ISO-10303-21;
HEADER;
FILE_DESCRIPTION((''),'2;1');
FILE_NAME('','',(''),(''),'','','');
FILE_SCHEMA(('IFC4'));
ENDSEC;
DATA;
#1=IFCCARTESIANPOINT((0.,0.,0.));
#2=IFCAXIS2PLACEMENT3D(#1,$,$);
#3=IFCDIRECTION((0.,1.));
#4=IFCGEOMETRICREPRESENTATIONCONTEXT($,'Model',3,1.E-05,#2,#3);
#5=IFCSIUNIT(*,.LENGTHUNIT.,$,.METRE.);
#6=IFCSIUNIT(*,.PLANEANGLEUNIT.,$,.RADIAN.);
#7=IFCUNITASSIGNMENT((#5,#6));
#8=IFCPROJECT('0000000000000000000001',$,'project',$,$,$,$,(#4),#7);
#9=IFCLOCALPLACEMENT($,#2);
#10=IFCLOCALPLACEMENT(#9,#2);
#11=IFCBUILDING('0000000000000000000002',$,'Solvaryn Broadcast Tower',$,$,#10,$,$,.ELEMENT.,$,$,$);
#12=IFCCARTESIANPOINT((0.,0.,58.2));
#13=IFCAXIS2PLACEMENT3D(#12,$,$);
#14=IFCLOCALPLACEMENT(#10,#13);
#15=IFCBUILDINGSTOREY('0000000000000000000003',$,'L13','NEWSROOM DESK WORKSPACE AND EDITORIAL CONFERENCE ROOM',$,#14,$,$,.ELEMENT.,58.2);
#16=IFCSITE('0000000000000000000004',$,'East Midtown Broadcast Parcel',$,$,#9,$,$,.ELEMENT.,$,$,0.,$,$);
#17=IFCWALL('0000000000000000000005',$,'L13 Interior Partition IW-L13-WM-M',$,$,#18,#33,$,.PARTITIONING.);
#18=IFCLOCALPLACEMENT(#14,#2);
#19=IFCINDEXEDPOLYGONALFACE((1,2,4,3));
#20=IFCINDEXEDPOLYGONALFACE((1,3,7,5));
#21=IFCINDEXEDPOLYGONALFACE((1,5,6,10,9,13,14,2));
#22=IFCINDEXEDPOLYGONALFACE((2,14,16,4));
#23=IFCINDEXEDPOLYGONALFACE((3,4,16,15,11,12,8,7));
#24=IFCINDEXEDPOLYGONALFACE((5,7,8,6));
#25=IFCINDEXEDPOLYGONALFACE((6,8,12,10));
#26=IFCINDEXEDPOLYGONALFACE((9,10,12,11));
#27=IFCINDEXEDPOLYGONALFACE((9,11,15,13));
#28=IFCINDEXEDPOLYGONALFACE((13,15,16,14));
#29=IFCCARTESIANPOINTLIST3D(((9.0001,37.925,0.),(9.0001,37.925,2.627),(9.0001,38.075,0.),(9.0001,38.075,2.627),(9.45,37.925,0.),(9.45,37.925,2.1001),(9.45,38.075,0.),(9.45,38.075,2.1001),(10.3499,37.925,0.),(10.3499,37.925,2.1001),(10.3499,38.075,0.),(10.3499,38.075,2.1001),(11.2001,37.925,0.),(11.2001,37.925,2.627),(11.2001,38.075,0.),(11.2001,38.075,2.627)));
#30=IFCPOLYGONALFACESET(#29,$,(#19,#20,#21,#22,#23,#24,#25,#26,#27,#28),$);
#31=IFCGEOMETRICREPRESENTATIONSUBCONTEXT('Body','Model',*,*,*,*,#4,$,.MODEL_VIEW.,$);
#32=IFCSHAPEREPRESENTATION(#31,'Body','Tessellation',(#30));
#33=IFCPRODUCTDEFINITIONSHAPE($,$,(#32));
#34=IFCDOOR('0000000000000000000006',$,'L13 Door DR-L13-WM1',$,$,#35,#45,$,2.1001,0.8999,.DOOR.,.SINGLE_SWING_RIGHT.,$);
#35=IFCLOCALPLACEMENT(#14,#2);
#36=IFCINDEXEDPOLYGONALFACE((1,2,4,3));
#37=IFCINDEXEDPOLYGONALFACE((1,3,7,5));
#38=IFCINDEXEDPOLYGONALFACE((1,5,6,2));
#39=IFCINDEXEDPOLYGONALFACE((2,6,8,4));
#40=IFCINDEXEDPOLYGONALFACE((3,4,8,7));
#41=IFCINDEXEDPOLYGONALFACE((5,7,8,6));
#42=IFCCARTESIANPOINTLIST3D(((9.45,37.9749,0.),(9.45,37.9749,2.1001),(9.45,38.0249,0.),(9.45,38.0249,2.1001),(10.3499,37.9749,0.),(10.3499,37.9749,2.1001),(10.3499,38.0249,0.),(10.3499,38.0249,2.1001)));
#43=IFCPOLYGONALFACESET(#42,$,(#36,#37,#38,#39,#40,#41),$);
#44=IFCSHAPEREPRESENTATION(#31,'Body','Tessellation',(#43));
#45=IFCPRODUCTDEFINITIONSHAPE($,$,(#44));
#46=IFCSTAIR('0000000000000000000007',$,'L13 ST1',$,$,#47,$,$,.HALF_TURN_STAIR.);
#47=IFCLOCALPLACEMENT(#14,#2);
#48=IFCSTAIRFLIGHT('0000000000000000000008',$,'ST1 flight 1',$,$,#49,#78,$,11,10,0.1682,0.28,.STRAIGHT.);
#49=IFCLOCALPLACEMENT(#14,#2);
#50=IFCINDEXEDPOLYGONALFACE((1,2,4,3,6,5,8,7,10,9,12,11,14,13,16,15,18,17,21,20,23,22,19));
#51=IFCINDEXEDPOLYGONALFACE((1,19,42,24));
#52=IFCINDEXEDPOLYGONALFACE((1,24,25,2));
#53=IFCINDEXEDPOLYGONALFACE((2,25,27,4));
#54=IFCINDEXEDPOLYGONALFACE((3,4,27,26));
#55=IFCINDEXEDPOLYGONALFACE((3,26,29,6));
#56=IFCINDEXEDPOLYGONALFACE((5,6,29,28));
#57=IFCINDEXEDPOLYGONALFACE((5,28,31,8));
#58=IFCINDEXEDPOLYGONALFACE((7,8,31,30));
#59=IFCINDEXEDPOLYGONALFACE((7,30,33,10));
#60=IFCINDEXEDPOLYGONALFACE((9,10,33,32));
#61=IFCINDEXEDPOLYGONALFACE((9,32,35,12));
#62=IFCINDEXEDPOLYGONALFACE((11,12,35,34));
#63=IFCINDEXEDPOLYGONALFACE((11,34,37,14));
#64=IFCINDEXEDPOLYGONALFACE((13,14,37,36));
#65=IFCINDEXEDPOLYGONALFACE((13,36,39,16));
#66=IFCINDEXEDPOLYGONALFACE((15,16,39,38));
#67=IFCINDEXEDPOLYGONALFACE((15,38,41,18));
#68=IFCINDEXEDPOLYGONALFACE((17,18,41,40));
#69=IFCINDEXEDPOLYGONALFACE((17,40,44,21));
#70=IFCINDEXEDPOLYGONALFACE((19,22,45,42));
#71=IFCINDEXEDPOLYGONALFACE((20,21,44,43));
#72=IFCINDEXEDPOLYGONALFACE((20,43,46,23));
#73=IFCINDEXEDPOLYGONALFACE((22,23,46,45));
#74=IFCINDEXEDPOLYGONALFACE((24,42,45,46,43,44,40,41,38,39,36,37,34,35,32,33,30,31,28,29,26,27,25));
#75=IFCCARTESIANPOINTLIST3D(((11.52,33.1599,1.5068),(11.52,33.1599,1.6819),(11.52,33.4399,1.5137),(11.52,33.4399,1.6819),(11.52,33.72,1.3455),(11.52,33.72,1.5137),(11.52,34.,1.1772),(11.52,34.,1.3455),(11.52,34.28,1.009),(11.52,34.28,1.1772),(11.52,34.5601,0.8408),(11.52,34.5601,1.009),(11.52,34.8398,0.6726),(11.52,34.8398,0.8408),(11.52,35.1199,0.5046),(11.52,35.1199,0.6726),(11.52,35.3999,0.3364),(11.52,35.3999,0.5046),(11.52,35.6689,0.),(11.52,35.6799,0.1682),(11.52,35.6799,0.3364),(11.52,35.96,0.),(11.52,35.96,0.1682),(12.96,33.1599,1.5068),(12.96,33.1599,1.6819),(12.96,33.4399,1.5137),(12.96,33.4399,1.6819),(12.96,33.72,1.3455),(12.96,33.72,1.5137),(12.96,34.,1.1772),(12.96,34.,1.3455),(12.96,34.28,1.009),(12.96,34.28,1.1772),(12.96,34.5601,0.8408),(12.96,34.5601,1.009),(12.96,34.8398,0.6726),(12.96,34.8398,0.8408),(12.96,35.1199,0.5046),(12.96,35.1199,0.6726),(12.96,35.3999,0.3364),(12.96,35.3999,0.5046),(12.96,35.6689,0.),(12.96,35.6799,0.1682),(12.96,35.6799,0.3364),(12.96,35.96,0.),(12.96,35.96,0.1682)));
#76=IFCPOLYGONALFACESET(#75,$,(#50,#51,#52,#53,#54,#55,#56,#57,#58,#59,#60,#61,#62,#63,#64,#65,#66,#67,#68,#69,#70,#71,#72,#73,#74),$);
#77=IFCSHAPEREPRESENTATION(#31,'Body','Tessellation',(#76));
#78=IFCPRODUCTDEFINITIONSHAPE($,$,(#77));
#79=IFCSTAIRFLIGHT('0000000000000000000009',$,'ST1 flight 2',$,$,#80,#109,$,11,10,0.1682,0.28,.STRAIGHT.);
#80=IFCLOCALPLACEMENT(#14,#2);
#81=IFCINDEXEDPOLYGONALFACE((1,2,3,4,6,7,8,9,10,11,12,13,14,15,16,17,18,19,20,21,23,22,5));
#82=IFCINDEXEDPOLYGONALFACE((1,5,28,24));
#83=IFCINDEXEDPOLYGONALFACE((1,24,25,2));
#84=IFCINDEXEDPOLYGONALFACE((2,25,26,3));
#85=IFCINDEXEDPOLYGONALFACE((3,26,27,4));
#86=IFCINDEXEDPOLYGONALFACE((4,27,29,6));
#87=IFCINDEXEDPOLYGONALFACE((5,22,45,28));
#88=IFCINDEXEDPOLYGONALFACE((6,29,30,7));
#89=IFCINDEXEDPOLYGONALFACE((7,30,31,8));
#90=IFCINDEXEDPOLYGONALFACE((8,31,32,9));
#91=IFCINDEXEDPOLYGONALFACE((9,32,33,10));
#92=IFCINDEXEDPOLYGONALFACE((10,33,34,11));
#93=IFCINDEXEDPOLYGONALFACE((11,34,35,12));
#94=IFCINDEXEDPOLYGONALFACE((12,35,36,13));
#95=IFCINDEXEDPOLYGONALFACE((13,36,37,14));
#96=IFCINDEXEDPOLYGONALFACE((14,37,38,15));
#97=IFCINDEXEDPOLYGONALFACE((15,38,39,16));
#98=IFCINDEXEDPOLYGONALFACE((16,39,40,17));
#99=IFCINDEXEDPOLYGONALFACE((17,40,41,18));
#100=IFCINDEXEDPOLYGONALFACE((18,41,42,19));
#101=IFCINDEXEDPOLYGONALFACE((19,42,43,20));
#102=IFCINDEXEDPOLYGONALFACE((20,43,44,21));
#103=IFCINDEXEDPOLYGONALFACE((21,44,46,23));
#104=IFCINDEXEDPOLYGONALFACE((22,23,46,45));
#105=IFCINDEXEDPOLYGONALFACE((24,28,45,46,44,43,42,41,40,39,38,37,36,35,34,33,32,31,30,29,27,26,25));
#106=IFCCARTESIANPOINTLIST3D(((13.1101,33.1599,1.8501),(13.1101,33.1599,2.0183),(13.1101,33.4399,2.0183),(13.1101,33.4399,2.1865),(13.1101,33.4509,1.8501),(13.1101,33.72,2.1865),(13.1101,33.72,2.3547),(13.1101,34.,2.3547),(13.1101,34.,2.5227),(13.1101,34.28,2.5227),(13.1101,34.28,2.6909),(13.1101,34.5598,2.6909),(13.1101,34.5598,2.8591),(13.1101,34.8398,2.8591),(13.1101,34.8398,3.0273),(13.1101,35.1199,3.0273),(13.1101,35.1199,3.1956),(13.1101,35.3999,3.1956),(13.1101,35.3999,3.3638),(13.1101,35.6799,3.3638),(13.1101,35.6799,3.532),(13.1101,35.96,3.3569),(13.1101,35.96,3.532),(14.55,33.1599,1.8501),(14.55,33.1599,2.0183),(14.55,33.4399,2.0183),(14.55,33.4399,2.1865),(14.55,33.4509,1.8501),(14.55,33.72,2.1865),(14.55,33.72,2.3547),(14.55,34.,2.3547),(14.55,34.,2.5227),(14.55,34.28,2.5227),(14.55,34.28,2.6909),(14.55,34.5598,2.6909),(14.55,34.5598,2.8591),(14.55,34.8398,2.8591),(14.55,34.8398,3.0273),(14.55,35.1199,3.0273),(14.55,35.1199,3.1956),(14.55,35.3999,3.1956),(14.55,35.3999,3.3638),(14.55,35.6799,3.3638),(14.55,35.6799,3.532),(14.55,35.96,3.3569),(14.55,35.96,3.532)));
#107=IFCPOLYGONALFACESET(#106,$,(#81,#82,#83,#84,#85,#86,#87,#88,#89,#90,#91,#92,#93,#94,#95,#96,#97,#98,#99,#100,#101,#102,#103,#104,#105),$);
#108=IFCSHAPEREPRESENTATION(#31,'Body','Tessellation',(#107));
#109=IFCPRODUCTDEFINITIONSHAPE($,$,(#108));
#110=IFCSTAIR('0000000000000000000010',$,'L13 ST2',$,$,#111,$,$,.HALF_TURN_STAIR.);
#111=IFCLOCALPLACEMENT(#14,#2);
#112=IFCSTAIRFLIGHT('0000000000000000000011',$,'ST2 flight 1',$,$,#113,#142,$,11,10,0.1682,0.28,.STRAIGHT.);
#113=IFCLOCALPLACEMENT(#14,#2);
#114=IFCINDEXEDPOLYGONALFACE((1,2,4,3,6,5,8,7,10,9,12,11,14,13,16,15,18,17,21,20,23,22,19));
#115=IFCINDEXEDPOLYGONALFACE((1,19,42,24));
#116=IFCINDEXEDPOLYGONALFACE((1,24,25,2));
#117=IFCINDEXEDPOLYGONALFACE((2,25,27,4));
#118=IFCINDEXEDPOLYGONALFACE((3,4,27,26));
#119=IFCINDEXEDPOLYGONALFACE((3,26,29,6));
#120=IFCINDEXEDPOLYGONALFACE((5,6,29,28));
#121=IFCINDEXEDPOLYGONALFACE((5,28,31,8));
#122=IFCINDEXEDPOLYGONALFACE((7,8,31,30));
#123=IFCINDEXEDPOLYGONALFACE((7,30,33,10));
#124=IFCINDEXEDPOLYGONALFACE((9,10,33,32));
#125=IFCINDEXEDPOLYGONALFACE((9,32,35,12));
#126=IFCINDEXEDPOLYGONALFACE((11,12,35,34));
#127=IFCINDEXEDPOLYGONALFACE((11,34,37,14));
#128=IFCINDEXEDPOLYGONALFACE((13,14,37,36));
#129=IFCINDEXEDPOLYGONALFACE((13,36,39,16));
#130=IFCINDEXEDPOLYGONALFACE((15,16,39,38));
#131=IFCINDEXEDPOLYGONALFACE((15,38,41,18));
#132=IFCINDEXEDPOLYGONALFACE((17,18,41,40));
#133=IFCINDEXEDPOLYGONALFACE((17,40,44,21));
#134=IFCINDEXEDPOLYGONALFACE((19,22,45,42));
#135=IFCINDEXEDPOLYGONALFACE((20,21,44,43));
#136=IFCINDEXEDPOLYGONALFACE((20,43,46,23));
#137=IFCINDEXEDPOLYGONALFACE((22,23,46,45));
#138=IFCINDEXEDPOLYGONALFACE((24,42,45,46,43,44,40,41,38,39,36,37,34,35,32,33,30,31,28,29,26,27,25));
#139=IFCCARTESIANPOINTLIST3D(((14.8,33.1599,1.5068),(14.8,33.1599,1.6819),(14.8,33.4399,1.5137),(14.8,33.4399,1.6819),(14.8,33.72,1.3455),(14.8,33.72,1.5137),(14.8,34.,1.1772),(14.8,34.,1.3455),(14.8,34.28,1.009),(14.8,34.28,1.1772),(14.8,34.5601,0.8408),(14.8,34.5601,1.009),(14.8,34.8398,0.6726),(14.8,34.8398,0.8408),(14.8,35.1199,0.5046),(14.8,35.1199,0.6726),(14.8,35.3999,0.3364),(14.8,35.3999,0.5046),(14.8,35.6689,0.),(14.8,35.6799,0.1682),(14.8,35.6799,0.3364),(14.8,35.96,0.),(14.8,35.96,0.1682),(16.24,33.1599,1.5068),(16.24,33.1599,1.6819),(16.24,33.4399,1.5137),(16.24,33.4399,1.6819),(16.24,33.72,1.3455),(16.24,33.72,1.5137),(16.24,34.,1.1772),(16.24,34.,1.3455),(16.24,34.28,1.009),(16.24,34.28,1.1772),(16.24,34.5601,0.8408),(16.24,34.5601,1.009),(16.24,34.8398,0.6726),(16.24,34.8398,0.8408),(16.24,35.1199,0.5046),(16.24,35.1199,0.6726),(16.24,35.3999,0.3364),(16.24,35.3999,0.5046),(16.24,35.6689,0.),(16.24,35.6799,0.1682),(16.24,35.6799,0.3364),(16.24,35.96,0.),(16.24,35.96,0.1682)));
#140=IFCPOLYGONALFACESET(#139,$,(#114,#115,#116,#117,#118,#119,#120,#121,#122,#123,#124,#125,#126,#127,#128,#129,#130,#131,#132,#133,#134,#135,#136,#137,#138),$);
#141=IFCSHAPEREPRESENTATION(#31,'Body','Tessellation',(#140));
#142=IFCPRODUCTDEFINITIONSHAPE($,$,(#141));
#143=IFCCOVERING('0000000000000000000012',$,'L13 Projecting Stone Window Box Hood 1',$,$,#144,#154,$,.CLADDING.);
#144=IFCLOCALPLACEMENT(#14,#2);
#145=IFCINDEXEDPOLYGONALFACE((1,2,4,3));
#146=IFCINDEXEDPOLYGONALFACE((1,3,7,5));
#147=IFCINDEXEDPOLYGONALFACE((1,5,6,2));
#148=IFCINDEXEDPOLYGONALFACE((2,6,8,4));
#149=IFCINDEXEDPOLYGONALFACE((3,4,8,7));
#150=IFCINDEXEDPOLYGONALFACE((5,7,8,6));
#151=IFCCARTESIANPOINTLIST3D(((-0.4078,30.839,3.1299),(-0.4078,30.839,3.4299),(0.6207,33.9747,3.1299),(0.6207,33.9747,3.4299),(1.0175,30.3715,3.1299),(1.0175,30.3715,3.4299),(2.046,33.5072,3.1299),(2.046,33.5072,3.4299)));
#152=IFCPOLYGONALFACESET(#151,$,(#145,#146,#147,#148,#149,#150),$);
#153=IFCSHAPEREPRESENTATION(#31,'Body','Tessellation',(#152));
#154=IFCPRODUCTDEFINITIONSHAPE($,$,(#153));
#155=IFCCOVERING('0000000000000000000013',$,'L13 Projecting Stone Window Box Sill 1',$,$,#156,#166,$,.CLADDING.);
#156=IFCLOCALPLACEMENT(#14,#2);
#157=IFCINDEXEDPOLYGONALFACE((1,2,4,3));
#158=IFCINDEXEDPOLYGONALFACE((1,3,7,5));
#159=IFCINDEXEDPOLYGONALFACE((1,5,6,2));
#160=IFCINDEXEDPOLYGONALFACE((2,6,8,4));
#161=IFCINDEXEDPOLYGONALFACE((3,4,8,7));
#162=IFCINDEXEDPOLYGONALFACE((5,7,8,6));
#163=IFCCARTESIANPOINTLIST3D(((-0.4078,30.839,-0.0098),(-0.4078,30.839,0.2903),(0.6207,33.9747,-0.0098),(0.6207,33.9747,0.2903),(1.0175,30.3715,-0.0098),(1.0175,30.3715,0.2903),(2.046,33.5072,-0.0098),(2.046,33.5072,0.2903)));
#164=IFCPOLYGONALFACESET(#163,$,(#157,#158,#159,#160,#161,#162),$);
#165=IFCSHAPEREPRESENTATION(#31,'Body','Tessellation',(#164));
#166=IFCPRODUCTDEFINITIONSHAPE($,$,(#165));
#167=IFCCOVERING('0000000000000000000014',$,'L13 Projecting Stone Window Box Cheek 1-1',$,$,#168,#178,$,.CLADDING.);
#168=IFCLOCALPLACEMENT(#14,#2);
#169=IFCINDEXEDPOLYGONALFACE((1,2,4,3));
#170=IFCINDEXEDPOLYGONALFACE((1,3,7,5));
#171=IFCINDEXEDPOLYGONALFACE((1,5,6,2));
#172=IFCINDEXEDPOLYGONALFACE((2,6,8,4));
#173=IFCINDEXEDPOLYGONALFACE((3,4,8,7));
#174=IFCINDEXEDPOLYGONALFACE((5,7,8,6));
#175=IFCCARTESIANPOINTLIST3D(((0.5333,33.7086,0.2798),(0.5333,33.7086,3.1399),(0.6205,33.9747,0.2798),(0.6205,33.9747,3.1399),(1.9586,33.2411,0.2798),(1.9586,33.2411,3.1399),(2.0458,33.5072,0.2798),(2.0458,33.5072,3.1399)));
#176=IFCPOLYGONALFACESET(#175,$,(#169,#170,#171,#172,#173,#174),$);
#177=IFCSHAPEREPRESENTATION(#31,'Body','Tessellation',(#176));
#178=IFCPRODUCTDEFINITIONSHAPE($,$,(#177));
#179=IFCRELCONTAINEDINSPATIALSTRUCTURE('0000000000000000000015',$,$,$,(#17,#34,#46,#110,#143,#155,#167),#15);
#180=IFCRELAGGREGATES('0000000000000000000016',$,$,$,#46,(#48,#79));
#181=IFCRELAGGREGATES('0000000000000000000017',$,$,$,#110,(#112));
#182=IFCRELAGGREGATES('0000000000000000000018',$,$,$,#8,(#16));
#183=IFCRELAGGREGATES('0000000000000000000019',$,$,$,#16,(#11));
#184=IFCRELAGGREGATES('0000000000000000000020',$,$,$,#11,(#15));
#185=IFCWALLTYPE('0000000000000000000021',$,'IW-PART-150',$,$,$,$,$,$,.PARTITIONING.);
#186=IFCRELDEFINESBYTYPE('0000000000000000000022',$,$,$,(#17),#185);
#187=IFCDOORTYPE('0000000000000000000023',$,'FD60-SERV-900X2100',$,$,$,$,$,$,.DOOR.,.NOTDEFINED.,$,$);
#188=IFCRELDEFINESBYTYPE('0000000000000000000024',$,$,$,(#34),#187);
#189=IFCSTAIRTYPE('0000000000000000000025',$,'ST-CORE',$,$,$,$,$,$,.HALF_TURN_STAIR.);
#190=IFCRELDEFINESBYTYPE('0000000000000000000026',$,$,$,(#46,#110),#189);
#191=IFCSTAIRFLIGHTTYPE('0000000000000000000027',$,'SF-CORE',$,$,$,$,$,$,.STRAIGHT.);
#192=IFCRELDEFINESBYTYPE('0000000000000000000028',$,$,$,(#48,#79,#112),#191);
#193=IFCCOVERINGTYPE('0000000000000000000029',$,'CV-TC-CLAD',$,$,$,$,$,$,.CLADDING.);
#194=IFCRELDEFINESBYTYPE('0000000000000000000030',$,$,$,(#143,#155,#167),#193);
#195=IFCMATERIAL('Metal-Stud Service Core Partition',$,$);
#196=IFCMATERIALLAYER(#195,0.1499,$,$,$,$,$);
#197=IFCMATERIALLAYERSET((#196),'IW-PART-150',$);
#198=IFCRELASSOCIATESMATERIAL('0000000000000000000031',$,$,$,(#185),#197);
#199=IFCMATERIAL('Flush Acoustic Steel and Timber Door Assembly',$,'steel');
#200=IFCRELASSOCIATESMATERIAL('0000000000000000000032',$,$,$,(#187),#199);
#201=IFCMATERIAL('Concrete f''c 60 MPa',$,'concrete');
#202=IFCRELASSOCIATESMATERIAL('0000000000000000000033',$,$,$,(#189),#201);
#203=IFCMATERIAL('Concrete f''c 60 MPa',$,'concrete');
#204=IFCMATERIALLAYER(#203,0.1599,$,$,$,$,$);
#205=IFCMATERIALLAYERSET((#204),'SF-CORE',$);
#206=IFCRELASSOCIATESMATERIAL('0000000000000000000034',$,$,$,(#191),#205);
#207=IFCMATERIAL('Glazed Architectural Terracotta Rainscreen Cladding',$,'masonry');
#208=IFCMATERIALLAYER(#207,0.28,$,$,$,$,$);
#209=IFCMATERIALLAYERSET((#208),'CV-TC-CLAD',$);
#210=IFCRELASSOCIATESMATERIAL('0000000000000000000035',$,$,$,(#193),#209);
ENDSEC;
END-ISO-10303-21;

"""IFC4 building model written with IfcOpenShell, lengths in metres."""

from ifc_helpers import new_model, si_unit, direction, frame, frame_2d, origin, origin_2d, place, context, subcontext, project, spatial, polyline, rectangle, outline, extrude, material, layer, layer_set, type_object, element, fill, aggregate, save


model = new_model("IFC4")

# Units and contexts
model_context = context("Model", 3, precision=1e-05, world=origin(), true_north=direction((0.0, 1.0)))
body_context = subcontext(model_context, "Body", "Model", "MODEL_VIEW")
ifc_project = project(units=[si_unit("LENGTHUNIT", "METRE"), si_unit("PLANEANGLEUNIT", "RADIAN")], contexts=[model_context])

# Site, building, storey
site_placement = place(None, origin())
site = spatial("IfcSite", under=ifc_project, at=site_placement, Name="East Midtown Broadcast Parcel", CompositionType="ELEMENT", RefElevation=0.0)
building_placement = place(site_placement, origin())
building = spatial("IfcBuilding", under=site, at=building_placement, Name="Solvaryn Broadcast Tower", CompositionType="ELEMENT")
storey_placement = place(building_placement, frame((0.0, 0.0, 58.2)))
storey = spatial("IfcBuildingStorey", under=building, at=storey_placement, Name="L13", Description="NEWSROOM DESK WORKSPACE AND EDITORIAL CONFERENCE ROOM", CompositionType="ELEMENT", Elevation=58.2)

# Wall, opening, door
ifc_material_1 = material(Name="Metal-Stud Service Core Partition")
ifc_layer_1 = layer(ifc_material_1, 0.1499)
ifc_layer_set_1 = layer_set([ifc_layer_1], Name="IW-PART-150")
wall_type = type_object("IfcWallType", Name="IW-PART-150", PredefinedType="PARTITIONING", material=ifc_layer_set_1)
wall_placement = place(storey_placement, frame((9.0, 38.0, 0.0), z_axis=(0.0, 0.0, 1.0), x_axis=(1.0, 0.0, 0.0)))
wall = element("IfcWall", 1, at=wall_placement, inside=storey, type_object=wall_type, Name="L13 Interior Partition IW-L13-WM-M", PredefinedType="PARTITIONING", context=body_context, shape_type="SweptSolid", body=[
    extrude(rectangle(XDim=2.2, YDim=0.1499, at=frame_2d((1.1001, 0.0))), origin(), (0.0, 0.0, 1.0), 2.627),
])
opening_placement = place(wall_placement, frame((0.45, 0.0, 0.0)))
opening = element("IfcOpeningElement", 2, at=opening_placement, cuts=wall, PredefinedType="OPENING", context=body_context, shape_type="SweptSolid", body=[
    extrude(rectangle(XDim=0.8999, YDim=2.1001, at=frame_2d((0.45, 1.05))), frame((0.0, 0.085, 0.0), z_axis=(0.0, -1.0, 0.0), x_axis=(1.0, 0.0, 0.0)), (0.0, 0.0, 1.0), 0.1699),
])
ifc_material_2 = material(Name="Flush Acoustic Steel and Timber Door Assembly", Category="steel")
door_type = type_object("IfcDoorType", Name="FD60-SERV-900X2100", OperationType="NOTDEFINED", PredefinedType="DOOR", material=ifc_material_2)
door_placement = place(opening_placement, origin())
door = element("IfcDoor", 3, at=door_placement, inside=storey, type_object=door_type, Name="L13 Door DR-L13-WM1", OperationType="SINGLE_SWING_RIGHT", OverallHeight=2.1001, OverallWidth=0.8999, PredefinedType="DOOR", context=body_context, shape_type="SweptSolid", body=[
    extrude(rectangle(XDim=0.8999, YDim=2.1001, at=frame_2d((0.45, 1.05))), frame((0.0, 0.0249, 0.0), z_axis=(0.0, -1.0, 0.0), x_axis=(1.0, 0.0, 0.0)), (0.0, 0.0, 1.0), 0.05),
])
fill(opening, door)

# Stair, stair flights
ifc_material_3 = material(Name="Concrete f'c 60 MPa", Category="concrete")
stair_type = type_object("IfcStairType", Name="ST-CORE", PredefinedType="HALF_TURN_STAIR", material=ifc_material_3)
stair_1_placement = place(storey_placement, origin())
stair_1 = element("IfcStair", 4, at=stair_1_placement, inside=storey, type_object=stair_type, Name="L13 ST1", PredefinedType="HALF_TURN_STAIR")
ifc_material_4 = material(Name="Concrete f'c 60 MPa", Category="concrete")
ifc_layer_2 = layer(ifc_material_4, 0.1599)
ifc_layer_set_2 = layer_set([ifc_layer_2], Name="SF-CORE")
stair_flight_type = type_object("IfcStairFlightType", Name="SF-CORE", PredefinedType="STRAIGHT", material=ifc_layer_set_2)
stair_flight_1_placement = place(storey_placement, frame((12.24, 35.96, 0.0), z_axis=(0.0, 0.0, 1.0), x_axis=(0.0, -1.0, 0.0)))
stair_flight_1 = element("IfcStairFlight", 5, at=stair_flight_1_placement, type_object=stair_flight_type, Name="ST1 flight 1", NumberOfRisers=11, NumberOfTreads=10, PredefinedType="STRAIGHT", RiserHeight=0.1682, TreadLength=0.28, context=body_context, shape_type="SweptSolid", body=[
    extrude(outline(polyline([(0.0, 0.0), (0.0, 0.1682), (0.28, 0.1682), (0.28, 0.3364), (0.5601, 0.3364), (0.5601, 0.5046), (0.8401, 0.5046), (0.8401, 0.6726), (1.1201, 0.6726), (1.1201, 0.8408), (1.3999, 0.8408), (1.3999, 1.009), (1.6799, 1.009), (1.6799, 1.1772), (1.96, 1.1772), (1.96, 1.3455), (2.24, 1.3455), (2.24, 1.5137), (2.52, 1.5137), (2.52, 1.6819), (2.8, 1.6819), (2.8, 1.8501), (2.8, 1.5068), (0.291, 0.0), (0.0, 0.0)])), frame((0.0, 0.72, 0.0), z_axis=(0.0, -1.0, 0.0), x_axis=(1.0, 0.0, 0.0)), (0.0, 0.0, 1.0), 1.4399),
])
stair_flight_2_placement = place(storey_placement, frame((13.8301, 33.1599, 1.8501), z_axis=(0.0, 0.0, 1.0), x_axis=(0.0, 1.0, 0.0)))
stair_flight_2 = element("IfcStairFlight", 6, at=stair_flight_2_placement, type_object=stair_flight_type, Name="ST1 flight 2", NumberOfRisers=11, NumberOfTreads=10, PredefinedType="STRAIGHT", RiserHeight=0.1682, TreadLength=0.28, context=body_context, shape_type="SweptSolid", body=[
    extrude(outline(polyline([(0.0, 0.0), (0.0, 0.1682), (0.28, 0.1682), (0.28, 0.3364), (0.5601, 0.3364), (0.5601, 0.5046), (0.8401, 0.5046), (0.8401, 0.6726), (1.1201, 0.6726), (1.1201, 0.8408), (1.3999, 0.8408), (1.3999, 1.009), (1.6799, 1.009), (1.6799, 1.1772), (1.96, 1.1772), (1.96, 1.3455), (2.24, 1.3455), (2.24, 1.5137), (2.52, 1.5137), (2.52, 1.6819), (2.8, 1.6819), (2.8, 1.8501), (2.8, 1.5068), (0.291, 0.0), (0.0, 0.0)])), frame((0.0, 0.72, 0.0), z_axis=(0.0, -1.0, 0.0), x_axis=(1.0, 0.0, 0.0)), (0.0, 0.0, 1.0), 1.4399),
])
aggregate(stair_1, [stair_flight_1, stair_flight_2])

# Stair, stair flight
stair_2_placement = place(storey_placement, origin())
stair_2 = element("IfcStair", 7, at=stair_2_placement, inside=storey, type_object=stair_type, Name="L13 ST2", PredefinedType="HALF_TURN_STAIR")
stair_flight_3_placement = place(storey_placement, frame((15.52, 35.96, 0.0), z_axis=(0.0, 0.0, 1.0), x_axis=(0.0, -1.0, 0.0)))
stair_flight_3 = element("IfcStairFlight", 8, at=stair_flight_3_placement, type_object=stair_flight_type, Name="ST2 flight 1", NumberOfRisers=11, NumberOfTreads=10, PredefinedType="STRAIGHT", RiserHeight=0.1682, TreadLength=0.28, context=body_context, shape_type="SweptSolid", body=[
    extrude(outline(polyline([(0.0, 0.0), (0.0, 0.1682), (0.28, 0.1682), (0.28, 0.3364), (0.5601, 0.3364), (0.5601, 0.5046), (0.8401, 0.5046), (0.8401, 0.6726), (1.1201, 0.6726), (1.1201, 0.8408), (1.3999, 0.8408), (1.3999, 1.009), (1.6799, 1.009), (1.6799, 1.1772), (1.96, 1.1772), (1.96, 1.3455), (2.24, 1.3455), (2.24, 1.5137), (2.52, 1.5137), (2.52, 1.6819), (2.8, 1.6819), (2.8, 1.8501), (2.8, 1.5068), (0.291, 0.0), (0.0, 0.0)])), frame((0.0, 0.72, 0.0), z_axis=(0.0, -1.0, 0.0), x_axis=(1.0, 0.0, 0.0)), (0.0, 0.0, 1.0), 1.4399),
])
aggregate(stair_2, [stair_flight_3])

# Coverings
ifc_material_5 = material(Name="Glazed Architectural Terracotta Rainscreen Cladding", Category="masonry")
ifc_layer_3 = layer(ifc_material_5, 0.28)
ifc_layer_set_3 = layer_set([ifc_layer_3], Name="CV-TC-CLAD")
covering_type = type_object("IfcCoveringType", Name="CV-TC-CLAD", PredefinedType="CLADDING", material=ifc_layer_set_3)
for number, where, z_axis, x_axis, name in (
    (9, (0.8191, 32.1731, 3.1299), (0.0, 0.0, 1.0), (-0.311672, -0.95019, 0.0), "L13 Projecting Stone Window Box Hood 1"),
    (10, (0.8191, 32.1731, -0.0098), (0.0, 0.0, 1.0), (-0.311672, -0.95019, 0.0), "L13 Projecting Stone Window Box Sill 1"),
):
    element("IfcCovering", number, at=place(storey_placement, frame(where, z_axis=z_axis, x_axis=x_axis)), inside=storey, type_object=covering_type, Name=name, PredefinedType="CLADDING", context=body_context, shape_type="SweptSolid", body=[
        extrude(rectangle(XDim=3.3, YDim=1.5, at=origin_2d()), origin(), (0.0, 0.0, 1.0), 0.3),
    ])
covering_placement = place(storey_placement, frame((1.2896, 33.6079, 0.2798), z_axis=(0.0, 0.0, 1.0), x_axis=(-0.311672, -0.95019, 0.0)))
element("IfcCovering", 11, at=covering_placement, inside=storey, type_object=covering_type, Name="L13 Projecting Stone Window Box Cheek 1-1", PredefinedType="CLADDING", context=body_context, shape_type="SweptSolid", body=[
    extrude(rectangle(XDim=0.28, YDim=1.5, at=origin_2d()), origin(), (0.0, 0.0, 1.0), 2.8601),
])

save(model, "model.ifc")
